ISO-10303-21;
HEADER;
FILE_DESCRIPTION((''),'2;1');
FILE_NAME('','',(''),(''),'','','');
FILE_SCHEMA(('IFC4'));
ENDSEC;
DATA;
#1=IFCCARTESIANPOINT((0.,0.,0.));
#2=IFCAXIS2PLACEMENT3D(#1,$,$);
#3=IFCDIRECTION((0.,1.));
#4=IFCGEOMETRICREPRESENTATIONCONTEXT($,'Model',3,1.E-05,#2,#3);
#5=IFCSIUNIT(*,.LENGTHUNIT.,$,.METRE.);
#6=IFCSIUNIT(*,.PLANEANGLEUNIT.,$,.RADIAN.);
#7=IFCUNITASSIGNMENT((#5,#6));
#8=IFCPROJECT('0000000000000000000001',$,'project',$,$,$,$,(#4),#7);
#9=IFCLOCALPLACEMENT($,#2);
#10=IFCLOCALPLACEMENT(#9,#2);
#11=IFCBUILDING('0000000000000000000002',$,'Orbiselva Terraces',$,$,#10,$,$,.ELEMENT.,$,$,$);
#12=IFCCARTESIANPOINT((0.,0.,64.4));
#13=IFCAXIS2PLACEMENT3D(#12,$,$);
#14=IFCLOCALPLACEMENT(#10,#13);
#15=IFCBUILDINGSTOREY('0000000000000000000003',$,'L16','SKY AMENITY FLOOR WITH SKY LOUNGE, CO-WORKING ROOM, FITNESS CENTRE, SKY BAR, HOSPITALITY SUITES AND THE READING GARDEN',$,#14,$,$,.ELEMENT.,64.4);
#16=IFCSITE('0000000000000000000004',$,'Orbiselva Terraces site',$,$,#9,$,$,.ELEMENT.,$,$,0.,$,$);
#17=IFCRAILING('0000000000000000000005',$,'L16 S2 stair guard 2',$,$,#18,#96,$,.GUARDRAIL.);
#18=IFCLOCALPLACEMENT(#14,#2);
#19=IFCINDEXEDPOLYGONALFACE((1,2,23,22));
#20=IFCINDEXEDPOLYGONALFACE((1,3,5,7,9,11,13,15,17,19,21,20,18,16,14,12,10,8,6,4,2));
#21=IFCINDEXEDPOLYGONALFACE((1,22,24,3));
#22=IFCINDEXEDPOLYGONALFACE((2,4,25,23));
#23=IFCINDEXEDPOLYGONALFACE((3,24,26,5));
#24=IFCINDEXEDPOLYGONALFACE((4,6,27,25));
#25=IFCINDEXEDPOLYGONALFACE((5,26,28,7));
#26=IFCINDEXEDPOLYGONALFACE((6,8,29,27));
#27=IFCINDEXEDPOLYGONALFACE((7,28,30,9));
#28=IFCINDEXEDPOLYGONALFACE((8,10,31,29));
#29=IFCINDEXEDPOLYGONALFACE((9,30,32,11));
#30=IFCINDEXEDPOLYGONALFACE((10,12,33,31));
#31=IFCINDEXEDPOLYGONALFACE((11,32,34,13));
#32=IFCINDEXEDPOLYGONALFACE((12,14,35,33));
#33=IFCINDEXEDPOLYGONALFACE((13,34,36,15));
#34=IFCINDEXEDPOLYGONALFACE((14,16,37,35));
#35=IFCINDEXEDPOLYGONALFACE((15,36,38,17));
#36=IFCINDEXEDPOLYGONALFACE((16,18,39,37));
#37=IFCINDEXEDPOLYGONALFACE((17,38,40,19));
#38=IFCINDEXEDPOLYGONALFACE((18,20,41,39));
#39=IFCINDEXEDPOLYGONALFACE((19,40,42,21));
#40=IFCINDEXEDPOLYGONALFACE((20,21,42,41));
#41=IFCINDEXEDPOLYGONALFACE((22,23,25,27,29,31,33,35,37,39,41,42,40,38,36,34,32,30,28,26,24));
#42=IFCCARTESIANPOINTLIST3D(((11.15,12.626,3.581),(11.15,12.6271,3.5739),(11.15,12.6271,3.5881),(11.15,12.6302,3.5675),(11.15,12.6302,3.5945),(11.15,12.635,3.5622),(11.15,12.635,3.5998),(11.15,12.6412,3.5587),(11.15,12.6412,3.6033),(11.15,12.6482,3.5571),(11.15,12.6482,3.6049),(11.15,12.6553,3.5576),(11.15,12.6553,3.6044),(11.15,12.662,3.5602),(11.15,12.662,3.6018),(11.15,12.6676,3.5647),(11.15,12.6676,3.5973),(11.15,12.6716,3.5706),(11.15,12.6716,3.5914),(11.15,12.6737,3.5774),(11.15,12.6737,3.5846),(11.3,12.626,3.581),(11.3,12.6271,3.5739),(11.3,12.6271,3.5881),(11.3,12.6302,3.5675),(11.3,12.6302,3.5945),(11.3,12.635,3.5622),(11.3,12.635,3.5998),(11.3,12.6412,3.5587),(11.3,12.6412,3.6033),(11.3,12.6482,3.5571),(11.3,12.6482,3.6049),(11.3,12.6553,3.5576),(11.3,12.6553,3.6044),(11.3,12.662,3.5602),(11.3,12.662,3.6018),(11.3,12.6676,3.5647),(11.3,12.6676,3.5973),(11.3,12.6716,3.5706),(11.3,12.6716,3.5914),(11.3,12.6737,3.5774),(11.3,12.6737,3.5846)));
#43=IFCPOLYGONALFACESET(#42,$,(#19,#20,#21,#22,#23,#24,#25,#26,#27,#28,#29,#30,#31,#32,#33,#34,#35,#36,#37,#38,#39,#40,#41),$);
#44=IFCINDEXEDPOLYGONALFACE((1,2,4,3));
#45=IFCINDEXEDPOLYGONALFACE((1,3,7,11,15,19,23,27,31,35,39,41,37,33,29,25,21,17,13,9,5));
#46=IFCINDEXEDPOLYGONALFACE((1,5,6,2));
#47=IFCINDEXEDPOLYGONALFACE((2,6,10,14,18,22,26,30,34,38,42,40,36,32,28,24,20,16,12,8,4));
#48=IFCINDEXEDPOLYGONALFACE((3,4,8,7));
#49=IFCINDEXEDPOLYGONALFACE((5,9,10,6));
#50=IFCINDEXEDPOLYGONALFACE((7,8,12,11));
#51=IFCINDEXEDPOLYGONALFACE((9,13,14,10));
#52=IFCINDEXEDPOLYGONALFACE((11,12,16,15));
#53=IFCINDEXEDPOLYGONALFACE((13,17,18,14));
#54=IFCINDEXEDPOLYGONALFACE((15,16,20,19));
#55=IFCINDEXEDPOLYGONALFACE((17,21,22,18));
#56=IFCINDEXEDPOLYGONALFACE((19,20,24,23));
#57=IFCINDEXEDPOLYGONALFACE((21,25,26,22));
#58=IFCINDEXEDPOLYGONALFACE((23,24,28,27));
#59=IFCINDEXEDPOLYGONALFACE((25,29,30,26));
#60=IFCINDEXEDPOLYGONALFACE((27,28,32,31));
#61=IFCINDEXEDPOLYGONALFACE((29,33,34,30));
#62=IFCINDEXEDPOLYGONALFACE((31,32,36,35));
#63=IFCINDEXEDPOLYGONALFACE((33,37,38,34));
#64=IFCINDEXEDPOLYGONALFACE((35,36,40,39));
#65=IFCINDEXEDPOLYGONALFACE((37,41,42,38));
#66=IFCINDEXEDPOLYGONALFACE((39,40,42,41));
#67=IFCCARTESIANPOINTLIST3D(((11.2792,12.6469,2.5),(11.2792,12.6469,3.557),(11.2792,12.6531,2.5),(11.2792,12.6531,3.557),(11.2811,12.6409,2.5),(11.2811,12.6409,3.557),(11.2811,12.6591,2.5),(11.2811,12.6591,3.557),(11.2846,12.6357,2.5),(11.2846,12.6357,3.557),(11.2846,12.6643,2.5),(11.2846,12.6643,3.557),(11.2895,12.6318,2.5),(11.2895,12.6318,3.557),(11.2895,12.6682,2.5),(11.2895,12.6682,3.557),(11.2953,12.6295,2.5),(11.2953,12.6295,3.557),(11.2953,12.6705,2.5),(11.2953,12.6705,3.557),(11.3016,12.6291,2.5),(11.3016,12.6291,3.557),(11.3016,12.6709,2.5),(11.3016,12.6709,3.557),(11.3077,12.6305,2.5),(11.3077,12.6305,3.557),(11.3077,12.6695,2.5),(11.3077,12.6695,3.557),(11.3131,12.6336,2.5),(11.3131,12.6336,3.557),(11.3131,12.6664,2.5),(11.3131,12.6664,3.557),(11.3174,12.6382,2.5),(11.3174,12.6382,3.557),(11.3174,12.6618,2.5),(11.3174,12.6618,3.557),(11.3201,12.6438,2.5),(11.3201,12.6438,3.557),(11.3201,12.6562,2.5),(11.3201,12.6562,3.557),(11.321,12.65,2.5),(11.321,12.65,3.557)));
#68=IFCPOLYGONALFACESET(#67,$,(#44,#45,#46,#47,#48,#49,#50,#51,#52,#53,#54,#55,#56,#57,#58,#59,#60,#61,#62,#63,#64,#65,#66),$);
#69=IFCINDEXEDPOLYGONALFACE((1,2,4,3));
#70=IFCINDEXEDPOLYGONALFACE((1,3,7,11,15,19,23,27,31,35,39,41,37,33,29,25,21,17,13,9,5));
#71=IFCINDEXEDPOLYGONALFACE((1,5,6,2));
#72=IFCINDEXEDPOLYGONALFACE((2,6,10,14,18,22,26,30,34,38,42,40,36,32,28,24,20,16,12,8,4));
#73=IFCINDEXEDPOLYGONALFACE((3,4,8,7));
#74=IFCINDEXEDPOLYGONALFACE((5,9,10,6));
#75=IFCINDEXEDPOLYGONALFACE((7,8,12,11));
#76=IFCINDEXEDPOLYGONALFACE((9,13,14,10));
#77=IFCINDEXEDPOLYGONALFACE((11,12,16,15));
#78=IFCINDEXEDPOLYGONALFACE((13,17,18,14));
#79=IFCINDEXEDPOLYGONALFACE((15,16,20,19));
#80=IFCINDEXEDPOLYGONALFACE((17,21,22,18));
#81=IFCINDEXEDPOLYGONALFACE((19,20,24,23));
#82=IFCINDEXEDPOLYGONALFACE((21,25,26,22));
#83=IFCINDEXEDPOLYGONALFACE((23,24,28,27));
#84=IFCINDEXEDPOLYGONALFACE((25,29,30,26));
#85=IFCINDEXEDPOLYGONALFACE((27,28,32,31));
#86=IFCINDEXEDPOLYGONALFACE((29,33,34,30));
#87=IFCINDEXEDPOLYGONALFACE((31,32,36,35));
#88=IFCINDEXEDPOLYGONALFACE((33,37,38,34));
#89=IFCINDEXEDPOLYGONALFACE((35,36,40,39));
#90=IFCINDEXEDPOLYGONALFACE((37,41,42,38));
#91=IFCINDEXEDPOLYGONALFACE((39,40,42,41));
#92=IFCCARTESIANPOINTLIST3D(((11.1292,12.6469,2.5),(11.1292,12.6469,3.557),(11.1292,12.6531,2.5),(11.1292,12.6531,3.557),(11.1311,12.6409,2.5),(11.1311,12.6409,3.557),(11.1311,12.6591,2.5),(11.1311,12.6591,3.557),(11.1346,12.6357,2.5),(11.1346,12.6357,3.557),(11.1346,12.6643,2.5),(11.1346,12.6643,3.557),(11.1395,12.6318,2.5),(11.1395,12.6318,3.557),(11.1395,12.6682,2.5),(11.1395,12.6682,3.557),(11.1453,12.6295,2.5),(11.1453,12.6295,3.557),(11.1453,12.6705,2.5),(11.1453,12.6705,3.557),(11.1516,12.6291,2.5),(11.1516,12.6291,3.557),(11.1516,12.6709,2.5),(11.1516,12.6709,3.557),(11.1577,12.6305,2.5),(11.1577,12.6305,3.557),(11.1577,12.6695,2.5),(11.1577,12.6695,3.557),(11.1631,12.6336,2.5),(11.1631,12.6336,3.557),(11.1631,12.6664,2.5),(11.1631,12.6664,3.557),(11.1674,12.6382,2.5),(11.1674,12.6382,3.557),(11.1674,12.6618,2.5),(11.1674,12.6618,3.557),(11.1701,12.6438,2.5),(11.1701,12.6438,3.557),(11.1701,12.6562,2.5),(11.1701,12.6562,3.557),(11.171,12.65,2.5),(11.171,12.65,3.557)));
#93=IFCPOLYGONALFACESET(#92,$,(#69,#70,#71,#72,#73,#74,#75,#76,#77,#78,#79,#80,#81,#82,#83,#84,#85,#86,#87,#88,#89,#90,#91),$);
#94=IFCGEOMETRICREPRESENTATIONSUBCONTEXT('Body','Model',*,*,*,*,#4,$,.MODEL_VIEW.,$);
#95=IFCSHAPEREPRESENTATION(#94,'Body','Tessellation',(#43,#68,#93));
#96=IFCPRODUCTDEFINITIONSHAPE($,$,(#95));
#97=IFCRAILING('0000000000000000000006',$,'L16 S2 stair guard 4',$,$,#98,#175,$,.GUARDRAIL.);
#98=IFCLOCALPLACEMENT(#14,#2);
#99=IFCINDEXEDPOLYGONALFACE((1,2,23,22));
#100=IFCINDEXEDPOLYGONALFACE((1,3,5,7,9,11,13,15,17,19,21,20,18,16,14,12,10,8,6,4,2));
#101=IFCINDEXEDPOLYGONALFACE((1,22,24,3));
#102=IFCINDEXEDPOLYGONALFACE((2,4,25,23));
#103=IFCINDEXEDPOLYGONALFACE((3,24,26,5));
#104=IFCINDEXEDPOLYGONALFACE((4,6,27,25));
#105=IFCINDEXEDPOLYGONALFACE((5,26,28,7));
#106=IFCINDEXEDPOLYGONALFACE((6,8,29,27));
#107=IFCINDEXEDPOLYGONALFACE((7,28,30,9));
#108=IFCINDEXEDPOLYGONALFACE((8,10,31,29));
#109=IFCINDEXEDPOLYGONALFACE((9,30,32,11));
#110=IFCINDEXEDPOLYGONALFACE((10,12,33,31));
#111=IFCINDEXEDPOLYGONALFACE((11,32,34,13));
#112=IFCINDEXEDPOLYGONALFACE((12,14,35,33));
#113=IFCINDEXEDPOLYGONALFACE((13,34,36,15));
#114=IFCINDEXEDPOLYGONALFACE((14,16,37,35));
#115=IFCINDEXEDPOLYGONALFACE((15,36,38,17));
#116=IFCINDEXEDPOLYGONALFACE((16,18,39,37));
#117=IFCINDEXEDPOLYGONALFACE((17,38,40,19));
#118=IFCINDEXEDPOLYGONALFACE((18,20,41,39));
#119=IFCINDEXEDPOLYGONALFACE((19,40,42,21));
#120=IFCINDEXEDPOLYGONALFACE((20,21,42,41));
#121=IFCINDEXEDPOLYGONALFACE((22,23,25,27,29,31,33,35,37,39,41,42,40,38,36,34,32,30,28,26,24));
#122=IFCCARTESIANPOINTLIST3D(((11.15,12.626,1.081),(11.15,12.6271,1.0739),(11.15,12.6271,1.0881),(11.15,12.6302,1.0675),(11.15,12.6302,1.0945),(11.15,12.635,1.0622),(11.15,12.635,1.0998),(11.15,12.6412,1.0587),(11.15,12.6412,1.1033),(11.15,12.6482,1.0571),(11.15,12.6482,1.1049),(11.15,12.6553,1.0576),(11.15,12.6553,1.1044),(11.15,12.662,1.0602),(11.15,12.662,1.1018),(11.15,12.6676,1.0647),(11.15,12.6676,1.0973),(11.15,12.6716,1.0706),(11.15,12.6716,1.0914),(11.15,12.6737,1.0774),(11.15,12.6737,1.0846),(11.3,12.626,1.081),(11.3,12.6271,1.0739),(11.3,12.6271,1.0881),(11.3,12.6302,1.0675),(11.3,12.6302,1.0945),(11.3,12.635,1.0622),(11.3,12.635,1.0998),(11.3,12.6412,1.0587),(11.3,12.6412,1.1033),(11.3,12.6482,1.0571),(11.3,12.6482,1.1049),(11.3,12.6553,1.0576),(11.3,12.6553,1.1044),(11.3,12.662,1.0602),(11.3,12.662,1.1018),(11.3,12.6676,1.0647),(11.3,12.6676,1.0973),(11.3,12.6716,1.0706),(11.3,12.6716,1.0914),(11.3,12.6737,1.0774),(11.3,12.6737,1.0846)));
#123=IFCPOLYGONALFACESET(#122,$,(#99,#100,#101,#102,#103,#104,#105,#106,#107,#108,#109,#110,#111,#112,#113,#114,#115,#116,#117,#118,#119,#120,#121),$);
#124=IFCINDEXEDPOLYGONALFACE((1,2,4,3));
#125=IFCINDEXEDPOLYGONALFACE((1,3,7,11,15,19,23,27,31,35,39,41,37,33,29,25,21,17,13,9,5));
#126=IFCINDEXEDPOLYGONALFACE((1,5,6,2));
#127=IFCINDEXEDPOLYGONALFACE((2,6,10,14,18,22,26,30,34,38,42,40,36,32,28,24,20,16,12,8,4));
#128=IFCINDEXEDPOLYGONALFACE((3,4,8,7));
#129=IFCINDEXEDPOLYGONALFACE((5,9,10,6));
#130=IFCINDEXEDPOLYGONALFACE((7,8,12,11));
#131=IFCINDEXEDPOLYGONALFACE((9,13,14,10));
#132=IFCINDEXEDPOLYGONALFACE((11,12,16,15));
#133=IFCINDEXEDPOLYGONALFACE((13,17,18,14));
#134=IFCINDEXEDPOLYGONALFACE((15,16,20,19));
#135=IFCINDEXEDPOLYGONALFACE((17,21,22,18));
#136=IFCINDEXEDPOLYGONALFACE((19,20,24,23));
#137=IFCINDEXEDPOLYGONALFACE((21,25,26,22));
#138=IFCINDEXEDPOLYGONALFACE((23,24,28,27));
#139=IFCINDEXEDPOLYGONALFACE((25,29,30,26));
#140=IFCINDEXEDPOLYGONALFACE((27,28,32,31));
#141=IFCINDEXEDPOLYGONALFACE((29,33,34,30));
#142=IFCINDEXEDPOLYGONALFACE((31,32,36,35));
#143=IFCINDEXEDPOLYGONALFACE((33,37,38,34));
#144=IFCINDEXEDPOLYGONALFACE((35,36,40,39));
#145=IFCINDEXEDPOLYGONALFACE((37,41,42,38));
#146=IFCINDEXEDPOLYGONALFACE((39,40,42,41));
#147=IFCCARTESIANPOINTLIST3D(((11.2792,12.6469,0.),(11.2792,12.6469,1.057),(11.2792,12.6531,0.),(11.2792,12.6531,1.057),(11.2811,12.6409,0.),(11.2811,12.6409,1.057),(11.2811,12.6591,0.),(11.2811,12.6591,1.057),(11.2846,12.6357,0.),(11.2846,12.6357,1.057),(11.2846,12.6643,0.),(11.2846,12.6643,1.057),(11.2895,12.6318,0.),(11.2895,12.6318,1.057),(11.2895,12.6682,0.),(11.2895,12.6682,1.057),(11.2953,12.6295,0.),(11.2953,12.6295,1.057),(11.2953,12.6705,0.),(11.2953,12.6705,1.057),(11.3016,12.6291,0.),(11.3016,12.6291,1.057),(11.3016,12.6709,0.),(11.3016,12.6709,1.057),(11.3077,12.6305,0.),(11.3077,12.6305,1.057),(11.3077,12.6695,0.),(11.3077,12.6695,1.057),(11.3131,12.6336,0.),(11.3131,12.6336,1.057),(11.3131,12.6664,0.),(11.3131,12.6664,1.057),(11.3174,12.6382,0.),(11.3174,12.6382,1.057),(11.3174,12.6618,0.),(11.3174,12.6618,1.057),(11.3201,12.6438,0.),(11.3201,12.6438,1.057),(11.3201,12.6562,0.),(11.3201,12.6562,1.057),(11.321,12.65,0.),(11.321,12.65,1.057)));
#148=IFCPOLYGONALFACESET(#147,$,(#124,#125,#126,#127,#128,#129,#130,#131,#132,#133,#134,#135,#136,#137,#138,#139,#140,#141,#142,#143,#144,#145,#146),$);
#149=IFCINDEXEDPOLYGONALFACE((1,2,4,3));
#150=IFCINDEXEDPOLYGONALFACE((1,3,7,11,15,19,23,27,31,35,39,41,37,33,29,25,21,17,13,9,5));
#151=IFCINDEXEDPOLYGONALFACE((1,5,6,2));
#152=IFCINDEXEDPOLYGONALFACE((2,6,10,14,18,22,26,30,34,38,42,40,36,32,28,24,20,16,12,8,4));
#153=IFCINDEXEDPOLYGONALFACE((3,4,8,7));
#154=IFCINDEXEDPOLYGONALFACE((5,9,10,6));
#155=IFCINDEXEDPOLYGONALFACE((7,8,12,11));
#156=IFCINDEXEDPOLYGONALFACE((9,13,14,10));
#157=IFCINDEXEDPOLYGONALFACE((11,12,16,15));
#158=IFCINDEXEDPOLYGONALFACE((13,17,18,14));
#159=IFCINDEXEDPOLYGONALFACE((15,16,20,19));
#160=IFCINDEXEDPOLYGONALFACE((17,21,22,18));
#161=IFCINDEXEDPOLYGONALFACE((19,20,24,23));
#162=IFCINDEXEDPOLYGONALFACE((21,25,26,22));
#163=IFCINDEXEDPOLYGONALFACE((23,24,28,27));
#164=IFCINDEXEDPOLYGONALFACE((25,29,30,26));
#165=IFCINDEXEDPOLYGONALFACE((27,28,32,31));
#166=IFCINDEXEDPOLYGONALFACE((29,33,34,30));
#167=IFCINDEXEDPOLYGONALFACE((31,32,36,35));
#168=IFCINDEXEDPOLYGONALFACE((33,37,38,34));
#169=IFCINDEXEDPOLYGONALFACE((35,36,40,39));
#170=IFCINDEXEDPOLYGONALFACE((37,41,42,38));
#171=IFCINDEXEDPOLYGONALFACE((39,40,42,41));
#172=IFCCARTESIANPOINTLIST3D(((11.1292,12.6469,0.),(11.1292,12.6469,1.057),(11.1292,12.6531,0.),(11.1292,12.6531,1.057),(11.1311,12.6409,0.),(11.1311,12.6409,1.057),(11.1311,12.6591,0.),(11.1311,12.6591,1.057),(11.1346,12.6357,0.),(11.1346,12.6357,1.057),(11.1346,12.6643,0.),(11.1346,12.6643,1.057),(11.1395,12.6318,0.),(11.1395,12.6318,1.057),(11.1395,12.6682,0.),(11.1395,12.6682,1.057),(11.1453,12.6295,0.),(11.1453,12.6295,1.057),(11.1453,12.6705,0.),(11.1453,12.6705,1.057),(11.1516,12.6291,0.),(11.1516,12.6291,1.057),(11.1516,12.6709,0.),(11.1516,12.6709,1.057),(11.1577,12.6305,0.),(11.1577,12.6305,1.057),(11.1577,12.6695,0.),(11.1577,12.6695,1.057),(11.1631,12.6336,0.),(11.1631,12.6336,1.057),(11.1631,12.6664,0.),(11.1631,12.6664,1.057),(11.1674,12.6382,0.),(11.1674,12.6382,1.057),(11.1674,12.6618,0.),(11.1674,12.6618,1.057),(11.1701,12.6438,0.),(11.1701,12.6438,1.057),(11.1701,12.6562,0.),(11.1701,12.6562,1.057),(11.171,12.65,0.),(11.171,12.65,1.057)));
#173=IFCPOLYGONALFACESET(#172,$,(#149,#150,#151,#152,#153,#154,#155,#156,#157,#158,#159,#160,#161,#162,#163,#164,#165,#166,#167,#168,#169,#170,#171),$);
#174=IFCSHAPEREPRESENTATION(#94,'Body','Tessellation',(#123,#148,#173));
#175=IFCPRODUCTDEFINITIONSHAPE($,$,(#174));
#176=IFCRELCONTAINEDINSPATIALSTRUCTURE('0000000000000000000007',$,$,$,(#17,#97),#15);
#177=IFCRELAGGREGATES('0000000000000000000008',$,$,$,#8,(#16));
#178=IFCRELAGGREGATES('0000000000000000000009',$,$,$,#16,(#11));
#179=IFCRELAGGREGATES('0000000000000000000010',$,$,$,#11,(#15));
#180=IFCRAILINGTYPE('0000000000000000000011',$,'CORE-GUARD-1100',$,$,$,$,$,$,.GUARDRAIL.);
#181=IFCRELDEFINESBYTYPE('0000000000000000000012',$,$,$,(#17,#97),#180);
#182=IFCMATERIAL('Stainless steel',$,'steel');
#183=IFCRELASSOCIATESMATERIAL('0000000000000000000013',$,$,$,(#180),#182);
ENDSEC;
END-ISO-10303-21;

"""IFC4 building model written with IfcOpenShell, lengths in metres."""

from ifc_helpers import new_model, si_unit, direction, frame, origin, origin_2d, place, context, subcontext, project, spatial, circle, extrude, material, type_object, element, save


model = new_model("IFC4")

# Units and contexts
model_context = context("Model", 3, precision=1e-05, world=origin(), true_north=direction((0.0, 1.0)))
body_context = subcontext(model_context, "Body", "Model", "MODEL_VIEW")
ifc_project = project(units=[si_unit("LENGTHUNIT", "METRE"), si_unit("PLANEANGLEUNIT", "RADIAN")], contexts=[model_context])

# Site, building, storey
site_placement = place(None, origin())
site = spatial("IfcSite", under=ifc_project, at=site_placement, Name="Orbiselva Terraces site", CompositionType="ELEMENT", RefElevation=0.0)
building_placement = place(site_placement, origin())
building = spatial("IfcBuilding", under=site, at=building_placement, Name="Orbiselva Terraces", CompositionType="ELEMENT")
storey_placement = place(building_placement, frame((0.0, 0.0, 64.4)))
storey = spatial("IfcBuildingStorey", under=building, at=storey_placement, Name="L16", Description="SKY AMENITY FLOOR WITH SKY LOUNGE, CO-WORKING ROOM, FITNESS CENTRE, SKY BAR, HOSPITALITY SUITES AND THE READING GARDEN", CompositionType="ELEMENT", Elevation=64.4)

# Railings
ifc_material_1 = material(Name="Stainless steel", Category="steel")
railing_type_1 = type_object("IfcRailingType", Name="CORE-GUARD-1100", PredefinedType="GUARDRAIL", material=ifc_material_1)
railing_1_placement = place(storey_placement, frame((11.3, 12.65, 2.5)))
element("IfcRailing", 1, at=railing_1_placement, inside=storey, type_object=railing_type_1, Name="L16 S2 stair guard 2", PredefinedType="GUARDRAIL", context=body_context, shape_type="SweptSolid", body=[
    extrude(circle(Radius=0.024, at=origin_2d()), frame((0.0, 0.0, 1.081), z_axis=(-1.0, 0.0, 0.0), x_axis=(0.0, -1.0, 0.0)), (0.0, 0.0, 1.0), 0.15),
    extrude(circle(Radius=0.021, at=origin_2d()), origin(), (0.0, 0.0, 1.0), 1.057),
    extrude(circle(Radius=0.021, at=origin_2d()), frame((-0.15, 0.0, 0.0)), (0.0, 0.0, 1.0), 1.057),
])
railing_2_placement = place(storey_placement, frame((11.3, 12.65, 0.0)))
element("IfcRailing", 2, at=railing_2_placement, inside=storey, type_object=railing_type_1, Name="L16 S2 stair guard 4", PredefinedType="GUARDRAIL", context=body_context, shape_type="SweptSolid", body=[
    extrude(circle(Radius=0.024, at=origin_2d()), frame((0.0, 0.0, 1.081), z_axis=(-1.0, 0.0, 0.0), x_axis=(0.0, -1.0, 0.0)), (0.0, 0.0, 1.0), 0.15),
    extrude(circle(Radius=0.021, at=origin_2d()), origin(), (0.0, 0.0, 1.0), 1.057),
    extrude(circle(Radius=0.021, at=origin_2d()), frame((-0.15, 0.0, 0.0)), (0.0, 0.0, 1.0), 1.057),
])

save(model, "model.ifc")
